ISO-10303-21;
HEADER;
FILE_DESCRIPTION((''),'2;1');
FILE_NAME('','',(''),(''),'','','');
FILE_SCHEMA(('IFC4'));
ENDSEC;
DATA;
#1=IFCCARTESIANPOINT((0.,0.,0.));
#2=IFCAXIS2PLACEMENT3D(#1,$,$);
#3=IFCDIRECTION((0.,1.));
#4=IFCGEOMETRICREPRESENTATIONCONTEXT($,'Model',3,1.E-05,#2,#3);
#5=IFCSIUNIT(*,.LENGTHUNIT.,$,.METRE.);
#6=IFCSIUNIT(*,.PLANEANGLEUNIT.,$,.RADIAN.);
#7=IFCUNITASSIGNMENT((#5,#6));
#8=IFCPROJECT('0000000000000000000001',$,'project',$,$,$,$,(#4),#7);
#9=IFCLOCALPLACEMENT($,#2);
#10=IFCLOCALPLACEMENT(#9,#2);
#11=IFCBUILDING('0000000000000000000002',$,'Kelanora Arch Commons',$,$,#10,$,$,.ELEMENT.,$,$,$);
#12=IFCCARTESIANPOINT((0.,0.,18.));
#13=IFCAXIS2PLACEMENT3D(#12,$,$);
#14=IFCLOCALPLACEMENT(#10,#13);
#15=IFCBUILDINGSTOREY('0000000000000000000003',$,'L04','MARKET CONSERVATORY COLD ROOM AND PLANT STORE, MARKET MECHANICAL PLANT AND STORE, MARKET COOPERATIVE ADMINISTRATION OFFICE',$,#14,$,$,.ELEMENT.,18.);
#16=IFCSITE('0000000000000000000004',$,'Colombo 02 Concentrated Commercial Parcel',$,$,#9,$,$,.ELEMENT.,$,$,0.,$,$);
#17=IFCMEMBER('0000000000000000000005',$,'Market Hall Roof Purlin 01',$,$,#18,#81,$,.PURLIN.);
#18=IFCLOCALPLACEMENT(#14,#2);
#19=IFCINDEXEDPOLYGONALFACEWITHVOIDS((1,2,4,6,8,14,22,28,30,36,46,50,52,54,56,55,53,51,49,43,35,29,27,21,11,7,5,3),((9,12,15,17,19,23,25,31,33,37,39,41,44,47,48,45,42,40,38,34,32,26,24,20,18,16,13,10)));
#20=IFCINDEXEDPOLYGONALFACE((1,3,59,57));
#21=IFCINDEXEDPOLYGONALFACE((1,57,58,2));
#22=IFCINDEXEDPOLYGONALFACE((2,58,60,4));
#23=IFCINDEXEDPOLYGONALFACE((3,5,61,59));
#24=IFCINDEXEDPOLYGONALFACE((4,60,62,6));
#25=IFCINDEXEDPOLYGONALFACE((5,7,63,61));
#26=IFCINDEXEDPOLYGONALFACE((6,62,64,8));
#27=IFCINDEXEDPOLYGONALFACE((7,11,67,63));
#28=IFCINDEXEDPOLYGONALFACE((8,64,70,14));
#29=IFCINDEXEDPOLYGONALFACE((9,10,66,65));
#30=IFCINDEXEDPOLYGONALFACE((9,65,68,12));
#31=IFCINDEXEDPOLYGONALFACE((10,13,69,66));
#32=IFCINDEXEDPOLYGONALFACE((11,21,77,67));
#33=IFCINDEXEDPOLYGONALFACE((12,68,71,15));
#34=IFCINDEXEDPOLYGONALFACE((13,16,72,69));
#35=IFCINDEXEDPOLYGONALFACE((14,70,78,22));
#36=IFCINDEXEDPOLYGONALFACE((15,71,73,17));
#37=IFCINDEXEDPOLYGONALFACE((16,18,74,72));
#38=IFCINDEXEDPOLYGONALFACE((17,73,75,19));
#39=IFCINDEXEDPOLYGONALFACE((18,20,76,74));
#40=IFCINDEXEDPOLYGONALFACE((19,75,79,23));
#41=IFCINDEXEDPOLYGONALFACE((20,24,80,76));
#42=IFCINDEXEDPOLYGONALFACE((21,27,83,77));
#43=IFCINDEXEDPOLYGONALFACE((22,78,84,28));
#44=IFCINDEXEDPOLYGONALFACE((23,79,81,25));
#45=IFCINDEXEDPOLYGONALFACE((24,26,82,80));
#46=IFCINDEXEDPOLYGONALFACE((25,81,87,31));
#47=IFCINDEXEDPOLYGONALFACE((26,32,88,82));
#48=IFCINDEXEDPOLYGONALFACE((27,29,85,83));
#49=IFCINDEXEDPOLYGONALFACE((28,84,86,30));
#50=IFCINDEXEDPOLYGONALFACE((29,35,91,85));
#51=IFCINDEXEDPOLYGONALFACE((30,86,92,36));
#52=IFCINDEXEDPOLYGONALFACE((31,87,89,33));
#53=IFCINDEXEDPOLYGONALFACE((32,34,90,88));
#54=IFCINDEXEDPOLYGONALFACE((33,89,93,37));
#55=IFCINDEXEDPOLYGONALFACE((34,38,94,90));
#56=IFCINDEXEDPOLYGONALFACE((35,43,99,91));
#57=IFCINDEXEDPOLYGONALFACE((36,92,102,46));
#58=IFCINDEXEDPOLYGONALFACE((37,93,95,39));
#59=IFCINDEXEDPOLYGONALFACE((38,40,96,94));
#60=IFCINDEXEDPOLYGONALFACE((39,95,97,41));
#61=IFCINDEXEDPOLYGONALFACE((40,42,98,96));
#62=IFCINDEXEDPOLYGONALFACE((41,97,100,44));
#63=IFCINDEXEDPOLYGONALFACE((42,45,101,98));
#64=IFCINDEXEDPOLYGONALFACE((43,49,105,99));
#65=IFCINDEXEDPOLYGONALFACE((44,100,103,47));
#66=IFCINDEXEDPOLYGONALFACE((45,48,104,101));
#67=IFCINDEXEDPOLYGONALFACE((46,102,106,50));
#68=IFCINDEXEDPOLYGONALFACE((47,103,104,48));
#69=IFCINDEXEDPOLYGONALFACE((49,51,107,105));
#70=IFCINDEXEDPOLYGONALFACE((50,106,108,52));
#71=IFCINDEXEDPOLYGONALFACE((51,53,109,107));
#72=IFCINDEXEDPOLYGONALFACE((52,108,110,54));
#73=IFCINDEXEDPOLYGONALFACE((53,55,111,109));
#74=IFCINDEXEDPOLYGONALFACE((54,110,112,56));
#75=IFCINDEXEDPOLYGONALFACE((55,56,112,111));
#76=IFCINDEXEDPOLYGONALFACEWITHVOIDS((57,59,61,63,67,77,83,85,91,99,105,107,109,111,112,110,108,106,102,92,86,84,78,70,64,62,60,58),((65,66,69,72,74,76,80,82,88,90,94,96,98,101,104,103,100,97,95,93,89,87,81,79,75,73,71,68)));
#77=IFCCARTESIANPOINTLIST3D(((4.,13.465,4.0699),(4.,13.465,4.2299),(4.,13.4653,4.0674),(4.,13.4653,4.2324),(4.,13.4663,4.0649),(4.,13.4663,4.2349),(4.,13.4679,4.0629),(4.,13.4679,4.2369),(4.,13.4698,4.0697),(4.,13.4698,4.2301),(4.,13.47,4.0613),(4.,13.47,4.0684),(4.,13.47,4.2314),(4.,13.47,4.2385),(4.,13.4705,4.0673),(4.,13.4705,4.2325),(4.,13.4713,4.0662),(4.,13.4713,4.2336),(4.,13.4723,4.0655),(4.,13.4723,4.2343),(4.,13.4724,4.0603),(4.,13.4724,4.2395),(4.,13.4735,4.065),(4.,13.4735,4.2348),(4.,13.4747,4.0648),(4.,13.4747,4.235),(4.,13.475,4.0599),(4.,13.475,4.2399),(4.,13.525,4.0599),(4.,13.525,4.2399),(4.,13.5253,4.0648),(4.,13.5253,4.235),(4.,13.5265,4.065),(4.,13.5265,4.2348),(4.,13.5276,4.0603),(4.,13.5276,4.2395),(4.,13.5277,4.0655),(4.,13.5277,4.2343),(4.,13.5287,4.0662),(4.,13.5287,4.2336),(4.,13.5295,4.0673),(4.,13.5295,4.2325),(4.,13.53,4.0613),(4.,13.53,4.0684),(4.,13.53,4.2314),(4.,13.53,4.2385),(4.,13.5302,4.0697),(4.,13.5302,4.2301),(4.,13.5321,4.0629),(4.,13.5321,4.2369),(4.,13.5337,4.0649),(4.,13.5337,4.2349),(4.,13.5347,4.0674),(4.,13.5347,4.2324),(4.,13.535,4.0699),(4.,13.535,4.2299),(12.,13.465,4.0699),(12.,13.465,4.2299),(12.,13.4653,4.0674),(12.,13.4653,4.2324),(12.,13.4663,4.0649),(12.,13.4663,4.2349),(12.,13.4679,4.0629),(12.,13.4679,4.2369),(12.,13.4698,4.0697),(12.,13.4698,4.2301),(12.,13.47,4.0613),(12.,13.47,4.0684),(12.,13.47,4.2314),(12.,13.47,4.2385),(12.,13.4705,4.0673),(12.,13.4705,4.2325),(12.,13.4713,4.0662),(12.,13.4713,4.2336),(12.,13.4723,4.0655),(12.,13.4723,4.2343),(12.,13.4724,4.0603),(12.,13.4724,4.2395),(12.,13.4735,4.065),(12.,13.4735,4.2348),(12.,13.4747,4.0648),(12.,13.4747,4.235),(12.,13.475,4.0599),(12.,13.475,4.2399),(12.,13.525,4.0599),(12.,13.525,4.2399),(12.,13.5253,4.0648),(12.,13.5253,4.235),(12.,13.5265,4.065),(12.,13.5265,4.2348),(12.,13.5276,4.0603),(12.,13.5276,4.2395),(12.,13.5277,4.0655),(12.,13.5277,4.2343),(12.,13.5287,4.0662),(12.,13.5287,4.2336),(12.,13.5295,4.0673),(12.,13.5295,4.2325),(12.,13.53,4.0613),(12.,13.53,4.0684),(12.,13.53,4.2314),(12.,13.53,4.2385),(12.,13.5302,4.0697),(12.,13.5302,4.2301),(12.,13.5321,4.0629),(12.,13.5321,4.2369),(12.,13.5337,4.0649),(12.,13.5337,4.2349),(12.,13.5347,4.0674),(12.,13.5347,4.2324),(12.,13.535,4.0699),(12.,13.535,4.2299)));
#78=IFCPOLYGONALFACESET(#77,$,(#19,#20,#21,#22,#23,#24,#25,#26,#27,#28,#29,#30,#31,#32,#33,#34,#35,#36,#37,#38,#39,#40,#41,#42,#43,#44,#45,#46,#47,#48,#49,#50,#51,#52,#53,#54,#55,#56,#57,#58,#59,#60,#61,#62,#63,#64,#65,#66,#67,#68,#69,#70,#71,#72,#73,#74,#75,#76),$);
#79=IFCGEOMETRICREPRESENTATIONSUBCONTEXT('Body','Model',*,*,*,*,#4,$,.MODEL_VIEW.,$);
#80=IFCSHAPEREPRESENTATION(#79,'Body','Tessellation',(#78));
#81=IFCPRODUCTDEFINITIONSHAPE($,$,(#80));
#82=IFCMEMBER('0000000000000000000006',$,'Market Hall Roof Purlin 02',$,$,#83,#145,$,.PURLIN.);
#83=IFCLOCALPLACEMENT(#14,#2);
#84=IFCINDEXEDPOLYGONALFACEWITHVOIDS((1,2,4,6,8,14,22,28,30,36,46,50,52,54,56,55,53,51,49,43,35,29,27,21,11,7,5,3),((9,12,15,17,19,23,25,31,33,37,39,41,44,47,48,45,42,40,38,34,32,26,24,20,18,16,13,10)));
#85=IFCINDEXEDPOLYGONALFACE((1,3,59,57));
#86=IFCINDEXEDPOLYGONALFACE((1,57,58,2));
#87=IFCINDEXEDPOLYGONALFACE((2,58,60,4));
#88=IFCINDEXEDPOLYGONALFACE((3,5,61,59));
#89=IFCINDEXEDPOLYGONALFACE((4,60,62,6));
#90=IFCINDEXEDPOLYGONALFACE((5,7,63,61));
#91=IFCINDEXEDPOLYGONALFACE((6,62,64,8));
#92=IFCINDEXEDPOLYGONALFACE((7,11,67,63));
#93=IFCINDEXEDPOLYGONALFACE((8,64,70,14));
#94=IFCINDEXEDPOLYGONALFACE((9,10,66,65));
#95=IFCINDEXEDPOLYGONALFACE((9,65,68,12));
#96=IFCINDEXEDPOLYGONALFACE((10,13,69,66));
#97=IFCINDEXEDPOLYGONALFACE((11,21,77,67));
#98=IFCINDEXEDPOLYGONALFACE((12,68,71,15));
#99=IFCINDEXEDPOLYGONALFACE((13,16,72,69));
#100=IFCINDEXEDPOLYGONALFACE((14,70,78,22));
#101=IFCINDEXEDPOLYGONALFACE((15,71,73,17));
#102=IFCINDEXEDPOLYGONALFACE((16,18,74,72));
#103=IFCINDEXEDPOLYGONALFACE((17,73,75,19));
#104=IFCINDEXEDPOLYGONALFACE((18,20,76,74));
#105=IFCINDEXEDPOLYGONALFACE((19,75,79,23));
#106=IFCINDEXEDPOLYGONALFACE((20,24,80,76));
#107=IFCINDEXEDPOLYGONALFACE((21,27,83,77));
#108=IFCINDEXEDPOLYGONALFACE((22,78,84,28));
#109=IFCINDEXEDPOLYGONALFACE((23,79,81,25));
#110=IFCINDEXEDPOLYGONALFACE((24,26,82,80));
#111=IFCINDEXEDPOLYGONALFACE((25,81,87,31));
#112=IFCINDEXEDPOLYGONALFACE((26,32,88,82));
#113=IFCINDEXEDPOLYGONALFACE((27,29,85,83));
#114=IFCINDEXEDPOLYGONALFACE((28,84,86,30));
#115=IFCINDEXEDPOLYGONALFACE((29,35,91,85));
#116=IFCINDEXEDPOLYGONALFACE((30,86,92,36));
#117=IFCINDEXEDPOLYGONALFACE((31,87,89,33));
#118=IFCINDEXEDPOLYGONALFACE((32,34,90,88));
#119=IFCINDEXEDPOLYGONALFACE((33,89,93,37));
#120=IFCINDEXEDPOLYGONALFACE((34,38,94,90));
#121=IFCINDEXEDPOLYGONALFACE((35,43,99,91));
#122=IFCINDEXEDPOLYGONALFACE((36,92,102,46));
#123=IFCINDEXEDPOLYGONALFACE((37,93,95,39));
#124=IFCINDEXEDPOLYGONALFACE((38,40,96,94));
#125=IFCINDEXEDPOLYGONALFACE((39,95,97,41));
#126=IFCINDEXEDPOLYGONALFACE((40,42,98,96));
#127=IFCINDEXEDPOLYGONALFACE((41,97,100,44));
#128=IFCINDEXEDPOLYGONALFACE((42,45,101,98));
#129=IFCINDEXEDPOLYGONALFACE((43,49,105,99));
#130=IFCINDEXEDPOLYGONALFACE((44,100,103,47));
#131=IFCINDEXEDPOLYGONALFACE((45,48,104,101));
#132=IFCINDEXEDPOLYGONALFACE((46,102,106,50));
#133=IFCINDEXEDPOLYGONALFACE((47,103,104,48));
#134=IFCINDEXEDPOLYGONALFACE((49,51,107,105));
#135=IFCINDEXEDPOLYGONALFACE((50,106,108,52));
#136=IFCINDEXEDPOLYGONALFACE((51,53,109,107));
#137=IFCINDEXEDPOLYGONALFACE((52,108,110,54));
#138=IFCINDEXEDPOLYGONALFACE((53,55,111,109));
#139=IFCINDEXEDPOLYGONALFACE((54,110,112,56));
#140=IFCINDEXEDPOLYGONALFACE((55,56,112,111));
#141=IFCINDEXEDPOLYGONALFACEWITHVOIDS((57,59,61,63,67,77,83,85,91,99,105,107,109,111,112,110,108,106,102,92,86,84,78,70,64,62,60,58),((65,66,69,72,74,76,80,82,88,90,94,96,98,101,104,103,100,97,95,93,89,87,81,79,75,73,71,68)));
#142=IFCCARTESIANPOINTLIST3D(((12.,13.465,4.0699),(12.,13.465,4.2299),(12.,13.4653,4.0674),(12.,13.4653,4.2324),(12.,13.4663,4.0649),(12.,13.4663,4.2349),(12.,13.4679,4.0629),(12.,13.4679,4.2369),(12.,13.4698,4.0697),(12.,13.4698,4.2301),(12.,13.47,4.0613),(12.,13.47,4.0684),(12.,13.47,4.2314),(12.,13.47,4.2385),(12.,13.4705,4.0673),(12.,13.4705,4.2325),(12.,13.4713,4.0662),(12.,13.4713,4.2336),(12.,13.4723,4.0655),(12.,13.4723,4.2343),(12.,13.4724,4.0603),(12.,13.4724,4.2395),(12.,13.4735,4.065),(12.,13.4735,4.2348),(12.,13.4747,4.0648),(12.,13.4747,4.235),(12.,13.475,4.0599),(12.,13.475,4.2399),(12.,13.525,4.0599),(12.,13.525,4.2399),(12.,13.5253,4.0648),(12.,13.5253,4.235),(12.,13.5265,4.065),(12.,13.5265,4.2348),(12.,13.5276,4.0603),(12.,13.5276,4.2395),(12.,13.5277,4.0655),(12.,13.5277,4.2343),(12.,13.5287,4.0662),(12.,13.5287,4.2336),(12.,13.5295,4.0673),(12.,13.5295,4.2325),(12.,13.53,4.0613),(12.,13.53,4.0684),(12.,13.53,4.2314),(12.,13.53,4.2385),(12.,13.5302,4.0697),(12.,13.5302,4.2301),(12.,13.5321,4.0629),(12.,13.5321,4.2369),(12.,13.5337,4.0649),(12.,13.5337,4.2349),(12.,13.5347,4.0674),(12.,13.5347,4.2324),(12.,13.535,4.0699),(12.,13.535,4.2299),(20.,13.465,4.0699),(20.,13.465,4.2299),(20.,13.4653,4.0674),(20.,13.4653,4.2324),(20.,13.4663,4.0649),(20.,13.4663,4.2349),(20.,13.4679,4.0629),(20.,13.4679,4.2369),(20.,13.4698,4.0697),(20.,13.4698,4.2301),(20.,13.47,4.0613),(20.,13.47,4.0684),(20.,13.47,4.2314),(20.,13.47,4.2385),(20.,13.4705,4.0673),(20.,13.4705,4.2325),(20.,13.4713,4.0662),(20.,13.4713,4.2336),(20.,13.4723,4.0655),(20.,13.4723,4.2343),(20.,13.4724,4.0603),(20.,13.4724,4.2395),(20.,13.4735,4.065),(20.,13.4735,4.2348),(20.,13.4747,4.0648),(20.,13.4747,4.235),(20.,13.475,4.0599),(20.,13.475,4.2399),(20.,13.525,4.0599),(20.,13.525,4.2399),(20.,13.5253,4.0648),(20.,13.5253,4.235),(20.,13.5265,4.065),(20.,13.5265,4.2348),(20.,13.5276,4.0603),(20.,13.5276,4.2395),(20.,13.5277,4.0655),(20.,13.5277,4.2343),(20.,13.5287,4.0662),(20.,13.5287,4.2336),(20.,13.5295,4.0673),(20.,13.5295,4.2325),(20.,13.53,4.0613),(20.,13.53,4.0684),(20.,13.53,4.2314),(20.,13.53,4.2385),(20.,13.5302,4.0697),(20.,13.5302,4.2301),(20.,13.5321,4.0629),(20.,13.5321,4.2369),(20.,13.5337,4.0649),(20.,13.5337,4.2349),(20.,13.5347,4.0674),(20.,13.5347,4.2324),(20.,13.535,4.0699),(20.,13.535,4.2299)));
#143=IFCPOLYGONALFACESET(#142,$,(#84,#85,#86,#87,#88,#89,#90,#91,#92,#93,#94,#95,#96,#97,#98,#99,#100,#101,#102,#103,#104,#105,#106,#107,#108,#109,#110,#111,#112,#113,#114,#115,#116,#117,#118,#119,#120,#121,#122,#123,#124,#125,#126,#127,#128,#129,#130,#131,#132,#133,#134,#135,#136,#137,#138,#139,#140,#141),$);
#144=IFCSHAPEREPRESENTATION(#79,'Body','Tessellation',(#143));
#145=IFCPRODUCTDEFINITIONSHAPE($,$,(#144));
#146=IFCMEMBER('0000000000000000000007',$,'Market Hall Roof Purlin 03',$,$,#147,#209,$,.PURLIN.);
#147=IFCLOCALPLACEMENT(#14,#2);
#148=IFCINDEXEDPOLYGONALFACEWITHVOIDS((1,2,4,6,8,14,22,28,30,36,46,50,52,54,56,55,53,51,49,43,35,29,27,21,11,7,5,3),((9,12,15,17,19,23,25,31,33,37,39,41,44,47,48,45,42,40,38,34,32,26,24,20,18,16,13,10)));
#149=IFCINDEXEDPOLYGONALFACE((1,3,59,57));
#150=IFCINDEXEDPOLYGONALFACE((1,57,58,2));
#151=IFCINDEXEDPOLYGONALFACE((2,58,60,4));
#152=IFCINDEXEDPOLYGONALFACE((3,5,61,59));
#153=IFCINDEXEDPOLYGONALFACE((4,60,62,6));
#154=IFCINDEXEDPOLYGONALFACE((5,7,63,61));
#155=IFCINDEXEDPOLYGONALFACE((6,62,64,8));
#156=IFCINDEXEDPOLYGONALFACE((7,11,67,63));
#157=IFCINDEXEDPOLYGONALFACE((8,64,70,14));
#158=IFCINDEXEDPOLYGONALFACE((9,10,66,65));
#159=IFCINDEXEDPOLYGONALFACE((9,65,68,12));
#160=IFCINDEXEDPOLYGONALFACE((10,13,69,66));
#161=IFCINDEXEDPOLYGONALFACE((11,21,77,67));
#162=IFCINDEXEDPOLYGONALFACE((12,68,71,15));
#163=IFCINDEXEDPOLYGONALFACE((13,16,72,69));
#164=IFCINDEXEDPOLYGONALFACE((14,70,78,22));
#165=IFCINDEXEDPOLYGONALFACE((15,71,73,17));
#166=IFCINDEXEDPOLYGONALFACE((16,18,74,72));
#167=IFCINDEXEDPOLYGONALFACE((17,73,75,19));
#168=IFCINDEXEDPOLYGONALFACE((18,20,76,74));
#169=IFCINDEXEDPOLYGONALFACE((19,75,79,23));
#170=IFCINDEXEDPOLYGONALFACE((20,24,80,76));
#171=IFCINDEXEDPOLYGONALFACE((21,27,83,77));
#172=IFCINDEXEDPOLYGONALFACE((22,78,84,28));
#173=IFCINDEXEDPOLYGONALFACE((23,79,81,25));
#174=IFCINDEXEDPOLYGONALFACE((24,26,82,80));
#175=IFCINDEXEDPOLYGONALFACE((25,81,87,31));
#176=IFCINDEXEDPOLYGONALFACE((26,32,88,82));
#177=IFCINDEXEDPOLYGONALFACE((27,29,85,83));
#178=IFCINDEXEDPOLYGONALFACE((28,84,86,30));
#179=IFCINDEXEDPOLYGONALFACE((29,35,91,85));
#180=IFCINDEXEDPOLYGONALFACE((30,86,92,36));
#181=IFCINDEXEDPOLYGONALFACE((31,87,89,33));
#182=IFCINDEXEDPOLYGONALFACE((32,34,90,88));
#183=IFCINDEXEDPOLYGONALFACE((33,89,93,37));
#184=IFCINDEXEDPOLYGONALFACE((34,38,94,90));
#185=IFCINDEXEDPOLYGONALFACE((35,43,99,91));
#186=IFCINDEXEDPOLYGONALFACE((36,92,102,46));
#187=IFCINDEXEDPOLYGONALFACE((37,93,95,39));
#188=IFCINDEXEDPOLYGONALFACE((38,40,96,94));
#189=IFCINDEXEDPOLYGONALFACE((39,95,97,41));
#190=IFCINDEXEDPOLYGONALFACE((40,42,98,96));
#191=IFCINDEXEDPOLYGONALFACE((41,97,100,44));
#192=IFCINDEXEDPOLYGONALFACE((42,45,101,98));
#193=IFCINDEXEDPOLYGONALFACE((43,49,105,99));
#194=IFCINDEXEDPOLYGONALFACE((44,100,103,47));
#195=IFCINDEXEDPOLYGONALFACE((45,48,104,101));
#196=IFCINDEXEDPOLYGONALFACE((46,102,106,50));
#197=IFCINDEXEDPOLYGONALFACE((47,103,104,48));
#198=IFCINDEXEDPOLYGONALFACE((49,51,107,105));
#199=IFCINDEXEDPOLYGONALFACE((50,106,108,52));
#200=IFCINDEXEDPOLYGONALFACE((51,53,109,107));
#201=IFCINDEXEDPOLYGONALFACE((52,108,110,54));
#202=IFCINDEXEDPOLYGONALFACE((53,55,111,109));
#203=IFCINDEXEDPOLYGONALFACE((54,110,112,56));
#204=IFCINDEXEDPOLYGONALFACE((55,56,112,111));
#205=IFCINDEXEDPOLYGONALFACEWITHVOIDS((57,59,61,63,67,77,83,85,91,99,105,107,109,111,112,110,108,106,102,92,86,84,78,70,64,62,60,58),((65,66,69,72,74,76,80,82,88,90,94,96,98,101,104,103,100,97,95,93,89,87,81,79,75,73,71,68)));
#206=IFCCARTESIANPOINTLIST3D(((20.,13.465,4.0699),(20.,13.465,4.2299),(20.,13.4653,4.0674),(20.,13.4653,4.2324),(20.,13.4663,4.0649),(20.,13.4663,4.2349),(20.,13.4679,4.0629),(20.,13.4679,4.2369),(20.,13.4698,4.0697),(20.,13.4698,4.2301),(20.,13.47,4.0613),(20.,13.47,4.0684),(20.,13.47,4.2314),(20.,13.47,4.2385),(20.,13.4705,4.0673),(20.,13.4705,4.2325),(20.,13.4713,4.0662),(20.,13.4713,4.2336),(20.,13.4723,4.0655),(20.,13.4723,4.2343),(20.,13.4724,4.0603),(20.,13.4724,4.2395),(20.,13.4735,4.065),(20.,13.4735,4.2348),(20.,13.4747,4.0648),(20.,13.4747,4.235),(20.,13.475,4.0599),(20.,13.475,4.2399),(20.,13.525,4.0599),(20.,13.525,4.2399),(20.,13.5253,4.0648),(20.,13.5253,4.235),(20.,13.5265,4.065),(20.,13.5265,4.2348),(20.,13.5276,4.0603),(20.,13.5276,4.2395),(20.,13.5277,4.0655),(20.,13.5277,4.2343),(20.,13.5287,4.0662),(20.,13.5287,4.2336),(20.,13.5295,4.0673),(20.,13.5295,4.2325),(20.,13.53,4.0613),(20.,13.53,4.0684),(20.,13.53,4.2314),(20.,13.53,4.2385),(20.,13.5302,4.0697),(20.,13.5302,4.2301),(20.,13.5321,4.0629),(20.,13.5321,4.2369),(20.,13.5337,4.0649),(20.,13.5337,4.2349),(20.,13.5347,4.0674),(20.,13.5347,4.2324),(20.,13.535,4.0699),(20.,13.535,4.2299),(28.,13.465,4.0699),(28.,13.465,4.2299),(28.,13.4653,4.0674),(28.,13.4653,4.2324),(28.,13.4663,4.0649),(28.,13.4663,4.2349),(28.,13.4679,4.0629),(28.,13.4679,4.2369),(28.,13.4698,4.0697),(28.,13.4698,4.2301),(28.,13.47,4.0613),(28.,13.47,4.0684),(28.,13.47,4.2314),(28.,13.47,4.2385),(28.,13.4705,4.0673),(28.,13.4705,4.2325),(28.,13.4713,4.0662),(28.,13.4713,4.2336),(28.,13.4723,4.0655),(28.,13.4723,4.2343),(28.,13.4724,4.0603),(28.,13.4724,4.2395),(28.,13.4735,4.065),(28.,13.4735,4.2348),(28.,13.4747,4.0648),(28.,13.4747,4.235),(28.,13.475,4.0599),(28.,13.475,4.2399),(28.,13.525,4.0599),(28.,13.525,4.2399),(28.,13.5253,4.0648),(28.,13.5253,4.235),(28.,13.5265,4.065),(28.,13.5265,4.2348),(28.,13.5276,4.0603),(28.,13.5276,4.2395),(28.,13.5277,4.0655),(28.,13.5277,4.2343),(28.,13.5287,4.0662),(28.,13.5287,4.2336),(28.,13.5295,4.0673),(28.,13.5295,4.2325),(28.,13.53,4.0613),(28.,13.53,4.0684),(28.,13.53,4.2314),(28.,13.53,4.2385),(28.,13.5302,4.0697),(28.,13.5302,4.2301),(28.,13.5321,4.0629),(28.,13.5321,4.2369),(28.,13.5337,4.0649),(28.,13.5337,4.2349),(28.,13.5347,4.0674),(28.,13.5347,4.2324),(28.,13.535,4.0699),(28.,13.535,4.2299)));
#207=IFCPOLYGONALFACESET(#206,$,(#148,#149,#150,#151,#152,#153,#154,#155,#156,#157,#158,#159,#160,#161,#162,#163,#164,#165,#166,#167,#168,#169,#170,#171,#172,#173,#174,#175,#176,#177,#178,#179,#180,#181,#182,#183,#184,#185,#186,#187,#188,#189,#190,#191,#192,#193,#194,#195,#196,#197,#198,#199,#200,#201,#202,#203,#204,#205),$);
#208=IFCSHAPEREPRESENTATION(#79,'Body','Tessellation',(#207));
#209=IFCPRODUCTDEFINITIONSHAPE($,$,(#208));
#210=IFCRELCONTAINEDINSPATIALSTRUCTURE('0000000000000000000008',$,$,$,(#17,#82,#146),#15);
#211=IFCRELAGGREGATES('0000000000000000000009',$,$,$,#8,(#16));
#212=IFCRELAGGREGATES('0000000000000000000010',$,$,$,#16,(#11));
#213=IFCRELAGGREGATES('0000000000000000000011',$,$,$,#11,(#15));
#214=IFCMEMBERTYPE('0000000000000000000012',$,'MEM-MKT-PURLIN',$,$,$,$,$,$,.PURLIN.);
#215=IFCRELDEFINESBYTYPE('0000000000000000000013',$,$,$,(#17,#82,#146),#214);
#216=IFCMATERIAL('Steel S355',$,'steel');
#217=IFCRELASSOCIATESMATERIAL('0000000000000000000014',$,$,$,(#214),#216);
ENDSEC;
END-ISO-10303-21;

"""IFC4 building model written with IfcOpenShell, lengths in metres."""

from ifc_helpers import new_model, si_unit, direction, frame, origin, origin_2d, place, context, subcontext, project, spatial, hollow_rectangle, extrude, material, material_profile, profile_set, type_object, element, save


model = new_model("IFC4")

# Units and contexts
model_context = context("Model", 3, precision=1e-05, world=origin(), true_north=direction((0.0, 1.0)))
body_context = subcontext(model_context, "Body", "Model", "MODEL_VIEW")
ifc_project = project(units=[si_unit("LENGTHUNIT", "METRE"), si_unit("PLANEANGLEUNIT", "RADIAN")], contexts=[model_context])

# Site, building, storey
site_placement = place(None, origin())
site = spatial("IfcSite", under=ifc_project, at=site_placement, Name="Colombo 02 Concentrated Commercial Parcel", CompositionType="ELEMENT", RefElevation=0.0)
building_placement = place(site_placement, origin())
building = spatial("IfcBuilding", under=site, at=building_placement, Name="Kelanora Arch Commons", CompositionType="ELEMENT")
storey_placement = place(building_placement, frame((0.0, 0.0, 18.0)))
storey = spatial("IfcBuildingStorey", under=building, at=storey_placement, Name="L04", Description="MARKET CONSERVATORY COLD ROOM AND PLANT STORE, MARKET MECHANICAL PLANT AND STORE, MARKET COOPERATIVE ADMINISTRATION OFFICE", CompositionType="ELEMENT", Elevation=18.0)

# Shared definitions
ifc_material_1 = material(Name="Steel S355", Category="steel")

# Members
ifc_material_profile_1 = material_profile(ifc_material_1, hollow_rectangle(XDim=0.0701, YDim=0.1799, WallThickness=0.0049, InnerFilletRadius=0.0049, OuterFilletRadius=0.01, at=origin_2d()), Name="RHS180x70x5")
ifc_profile_set_1 = profile_set([ifc_material_profile_1], Name="Steel S355")
member_type_1 = type_object("IfcMemberType", Name="MEM-MKT-PURLIN", PredefinedType="PURLIN", material=ifc_profile_set_1)
for number, where, z_axis, x_axis, name in (
    (1, (4.0, 13.5, 4.1499), (1.0, 0.0, 0.0), (0.0, 1.0, 0.0), "Market Hall Roof Purlin 01"),
    (2, (12.0, 13.5, 4.1499), (1.0, 0.0, 0.0), (0.0, 1.0, 0.0), "Market Hall Roof Purlin 02"),
    (3, (20.0, 13.5, 4.1499), (1.0, 0.0, 0.0), (0.0, 1.0, 0.0), "Market Hall Roof Purlin 03"),
):
    element("IfcMember", number, at=place(storey_placement, frame(where, z_axis=z_axis, x_axis=x_axis)), inside=storey, type_object=member_type_1, Name=name, PredefinedType="PURLIN", context=body_context, shape_type="SweptSolid", body=[
        extrude(hollow_rectangle(XDim=0.0701, YDim=0.1799, WallThickness=0.0049, InnerFilletRadius=0.0049, OuterFilletRadius=0.01, at=origin_2d()), origin(), (0.0, 0.0, 1.0), 8.0),
    ])

save(model, "model.ifc")
